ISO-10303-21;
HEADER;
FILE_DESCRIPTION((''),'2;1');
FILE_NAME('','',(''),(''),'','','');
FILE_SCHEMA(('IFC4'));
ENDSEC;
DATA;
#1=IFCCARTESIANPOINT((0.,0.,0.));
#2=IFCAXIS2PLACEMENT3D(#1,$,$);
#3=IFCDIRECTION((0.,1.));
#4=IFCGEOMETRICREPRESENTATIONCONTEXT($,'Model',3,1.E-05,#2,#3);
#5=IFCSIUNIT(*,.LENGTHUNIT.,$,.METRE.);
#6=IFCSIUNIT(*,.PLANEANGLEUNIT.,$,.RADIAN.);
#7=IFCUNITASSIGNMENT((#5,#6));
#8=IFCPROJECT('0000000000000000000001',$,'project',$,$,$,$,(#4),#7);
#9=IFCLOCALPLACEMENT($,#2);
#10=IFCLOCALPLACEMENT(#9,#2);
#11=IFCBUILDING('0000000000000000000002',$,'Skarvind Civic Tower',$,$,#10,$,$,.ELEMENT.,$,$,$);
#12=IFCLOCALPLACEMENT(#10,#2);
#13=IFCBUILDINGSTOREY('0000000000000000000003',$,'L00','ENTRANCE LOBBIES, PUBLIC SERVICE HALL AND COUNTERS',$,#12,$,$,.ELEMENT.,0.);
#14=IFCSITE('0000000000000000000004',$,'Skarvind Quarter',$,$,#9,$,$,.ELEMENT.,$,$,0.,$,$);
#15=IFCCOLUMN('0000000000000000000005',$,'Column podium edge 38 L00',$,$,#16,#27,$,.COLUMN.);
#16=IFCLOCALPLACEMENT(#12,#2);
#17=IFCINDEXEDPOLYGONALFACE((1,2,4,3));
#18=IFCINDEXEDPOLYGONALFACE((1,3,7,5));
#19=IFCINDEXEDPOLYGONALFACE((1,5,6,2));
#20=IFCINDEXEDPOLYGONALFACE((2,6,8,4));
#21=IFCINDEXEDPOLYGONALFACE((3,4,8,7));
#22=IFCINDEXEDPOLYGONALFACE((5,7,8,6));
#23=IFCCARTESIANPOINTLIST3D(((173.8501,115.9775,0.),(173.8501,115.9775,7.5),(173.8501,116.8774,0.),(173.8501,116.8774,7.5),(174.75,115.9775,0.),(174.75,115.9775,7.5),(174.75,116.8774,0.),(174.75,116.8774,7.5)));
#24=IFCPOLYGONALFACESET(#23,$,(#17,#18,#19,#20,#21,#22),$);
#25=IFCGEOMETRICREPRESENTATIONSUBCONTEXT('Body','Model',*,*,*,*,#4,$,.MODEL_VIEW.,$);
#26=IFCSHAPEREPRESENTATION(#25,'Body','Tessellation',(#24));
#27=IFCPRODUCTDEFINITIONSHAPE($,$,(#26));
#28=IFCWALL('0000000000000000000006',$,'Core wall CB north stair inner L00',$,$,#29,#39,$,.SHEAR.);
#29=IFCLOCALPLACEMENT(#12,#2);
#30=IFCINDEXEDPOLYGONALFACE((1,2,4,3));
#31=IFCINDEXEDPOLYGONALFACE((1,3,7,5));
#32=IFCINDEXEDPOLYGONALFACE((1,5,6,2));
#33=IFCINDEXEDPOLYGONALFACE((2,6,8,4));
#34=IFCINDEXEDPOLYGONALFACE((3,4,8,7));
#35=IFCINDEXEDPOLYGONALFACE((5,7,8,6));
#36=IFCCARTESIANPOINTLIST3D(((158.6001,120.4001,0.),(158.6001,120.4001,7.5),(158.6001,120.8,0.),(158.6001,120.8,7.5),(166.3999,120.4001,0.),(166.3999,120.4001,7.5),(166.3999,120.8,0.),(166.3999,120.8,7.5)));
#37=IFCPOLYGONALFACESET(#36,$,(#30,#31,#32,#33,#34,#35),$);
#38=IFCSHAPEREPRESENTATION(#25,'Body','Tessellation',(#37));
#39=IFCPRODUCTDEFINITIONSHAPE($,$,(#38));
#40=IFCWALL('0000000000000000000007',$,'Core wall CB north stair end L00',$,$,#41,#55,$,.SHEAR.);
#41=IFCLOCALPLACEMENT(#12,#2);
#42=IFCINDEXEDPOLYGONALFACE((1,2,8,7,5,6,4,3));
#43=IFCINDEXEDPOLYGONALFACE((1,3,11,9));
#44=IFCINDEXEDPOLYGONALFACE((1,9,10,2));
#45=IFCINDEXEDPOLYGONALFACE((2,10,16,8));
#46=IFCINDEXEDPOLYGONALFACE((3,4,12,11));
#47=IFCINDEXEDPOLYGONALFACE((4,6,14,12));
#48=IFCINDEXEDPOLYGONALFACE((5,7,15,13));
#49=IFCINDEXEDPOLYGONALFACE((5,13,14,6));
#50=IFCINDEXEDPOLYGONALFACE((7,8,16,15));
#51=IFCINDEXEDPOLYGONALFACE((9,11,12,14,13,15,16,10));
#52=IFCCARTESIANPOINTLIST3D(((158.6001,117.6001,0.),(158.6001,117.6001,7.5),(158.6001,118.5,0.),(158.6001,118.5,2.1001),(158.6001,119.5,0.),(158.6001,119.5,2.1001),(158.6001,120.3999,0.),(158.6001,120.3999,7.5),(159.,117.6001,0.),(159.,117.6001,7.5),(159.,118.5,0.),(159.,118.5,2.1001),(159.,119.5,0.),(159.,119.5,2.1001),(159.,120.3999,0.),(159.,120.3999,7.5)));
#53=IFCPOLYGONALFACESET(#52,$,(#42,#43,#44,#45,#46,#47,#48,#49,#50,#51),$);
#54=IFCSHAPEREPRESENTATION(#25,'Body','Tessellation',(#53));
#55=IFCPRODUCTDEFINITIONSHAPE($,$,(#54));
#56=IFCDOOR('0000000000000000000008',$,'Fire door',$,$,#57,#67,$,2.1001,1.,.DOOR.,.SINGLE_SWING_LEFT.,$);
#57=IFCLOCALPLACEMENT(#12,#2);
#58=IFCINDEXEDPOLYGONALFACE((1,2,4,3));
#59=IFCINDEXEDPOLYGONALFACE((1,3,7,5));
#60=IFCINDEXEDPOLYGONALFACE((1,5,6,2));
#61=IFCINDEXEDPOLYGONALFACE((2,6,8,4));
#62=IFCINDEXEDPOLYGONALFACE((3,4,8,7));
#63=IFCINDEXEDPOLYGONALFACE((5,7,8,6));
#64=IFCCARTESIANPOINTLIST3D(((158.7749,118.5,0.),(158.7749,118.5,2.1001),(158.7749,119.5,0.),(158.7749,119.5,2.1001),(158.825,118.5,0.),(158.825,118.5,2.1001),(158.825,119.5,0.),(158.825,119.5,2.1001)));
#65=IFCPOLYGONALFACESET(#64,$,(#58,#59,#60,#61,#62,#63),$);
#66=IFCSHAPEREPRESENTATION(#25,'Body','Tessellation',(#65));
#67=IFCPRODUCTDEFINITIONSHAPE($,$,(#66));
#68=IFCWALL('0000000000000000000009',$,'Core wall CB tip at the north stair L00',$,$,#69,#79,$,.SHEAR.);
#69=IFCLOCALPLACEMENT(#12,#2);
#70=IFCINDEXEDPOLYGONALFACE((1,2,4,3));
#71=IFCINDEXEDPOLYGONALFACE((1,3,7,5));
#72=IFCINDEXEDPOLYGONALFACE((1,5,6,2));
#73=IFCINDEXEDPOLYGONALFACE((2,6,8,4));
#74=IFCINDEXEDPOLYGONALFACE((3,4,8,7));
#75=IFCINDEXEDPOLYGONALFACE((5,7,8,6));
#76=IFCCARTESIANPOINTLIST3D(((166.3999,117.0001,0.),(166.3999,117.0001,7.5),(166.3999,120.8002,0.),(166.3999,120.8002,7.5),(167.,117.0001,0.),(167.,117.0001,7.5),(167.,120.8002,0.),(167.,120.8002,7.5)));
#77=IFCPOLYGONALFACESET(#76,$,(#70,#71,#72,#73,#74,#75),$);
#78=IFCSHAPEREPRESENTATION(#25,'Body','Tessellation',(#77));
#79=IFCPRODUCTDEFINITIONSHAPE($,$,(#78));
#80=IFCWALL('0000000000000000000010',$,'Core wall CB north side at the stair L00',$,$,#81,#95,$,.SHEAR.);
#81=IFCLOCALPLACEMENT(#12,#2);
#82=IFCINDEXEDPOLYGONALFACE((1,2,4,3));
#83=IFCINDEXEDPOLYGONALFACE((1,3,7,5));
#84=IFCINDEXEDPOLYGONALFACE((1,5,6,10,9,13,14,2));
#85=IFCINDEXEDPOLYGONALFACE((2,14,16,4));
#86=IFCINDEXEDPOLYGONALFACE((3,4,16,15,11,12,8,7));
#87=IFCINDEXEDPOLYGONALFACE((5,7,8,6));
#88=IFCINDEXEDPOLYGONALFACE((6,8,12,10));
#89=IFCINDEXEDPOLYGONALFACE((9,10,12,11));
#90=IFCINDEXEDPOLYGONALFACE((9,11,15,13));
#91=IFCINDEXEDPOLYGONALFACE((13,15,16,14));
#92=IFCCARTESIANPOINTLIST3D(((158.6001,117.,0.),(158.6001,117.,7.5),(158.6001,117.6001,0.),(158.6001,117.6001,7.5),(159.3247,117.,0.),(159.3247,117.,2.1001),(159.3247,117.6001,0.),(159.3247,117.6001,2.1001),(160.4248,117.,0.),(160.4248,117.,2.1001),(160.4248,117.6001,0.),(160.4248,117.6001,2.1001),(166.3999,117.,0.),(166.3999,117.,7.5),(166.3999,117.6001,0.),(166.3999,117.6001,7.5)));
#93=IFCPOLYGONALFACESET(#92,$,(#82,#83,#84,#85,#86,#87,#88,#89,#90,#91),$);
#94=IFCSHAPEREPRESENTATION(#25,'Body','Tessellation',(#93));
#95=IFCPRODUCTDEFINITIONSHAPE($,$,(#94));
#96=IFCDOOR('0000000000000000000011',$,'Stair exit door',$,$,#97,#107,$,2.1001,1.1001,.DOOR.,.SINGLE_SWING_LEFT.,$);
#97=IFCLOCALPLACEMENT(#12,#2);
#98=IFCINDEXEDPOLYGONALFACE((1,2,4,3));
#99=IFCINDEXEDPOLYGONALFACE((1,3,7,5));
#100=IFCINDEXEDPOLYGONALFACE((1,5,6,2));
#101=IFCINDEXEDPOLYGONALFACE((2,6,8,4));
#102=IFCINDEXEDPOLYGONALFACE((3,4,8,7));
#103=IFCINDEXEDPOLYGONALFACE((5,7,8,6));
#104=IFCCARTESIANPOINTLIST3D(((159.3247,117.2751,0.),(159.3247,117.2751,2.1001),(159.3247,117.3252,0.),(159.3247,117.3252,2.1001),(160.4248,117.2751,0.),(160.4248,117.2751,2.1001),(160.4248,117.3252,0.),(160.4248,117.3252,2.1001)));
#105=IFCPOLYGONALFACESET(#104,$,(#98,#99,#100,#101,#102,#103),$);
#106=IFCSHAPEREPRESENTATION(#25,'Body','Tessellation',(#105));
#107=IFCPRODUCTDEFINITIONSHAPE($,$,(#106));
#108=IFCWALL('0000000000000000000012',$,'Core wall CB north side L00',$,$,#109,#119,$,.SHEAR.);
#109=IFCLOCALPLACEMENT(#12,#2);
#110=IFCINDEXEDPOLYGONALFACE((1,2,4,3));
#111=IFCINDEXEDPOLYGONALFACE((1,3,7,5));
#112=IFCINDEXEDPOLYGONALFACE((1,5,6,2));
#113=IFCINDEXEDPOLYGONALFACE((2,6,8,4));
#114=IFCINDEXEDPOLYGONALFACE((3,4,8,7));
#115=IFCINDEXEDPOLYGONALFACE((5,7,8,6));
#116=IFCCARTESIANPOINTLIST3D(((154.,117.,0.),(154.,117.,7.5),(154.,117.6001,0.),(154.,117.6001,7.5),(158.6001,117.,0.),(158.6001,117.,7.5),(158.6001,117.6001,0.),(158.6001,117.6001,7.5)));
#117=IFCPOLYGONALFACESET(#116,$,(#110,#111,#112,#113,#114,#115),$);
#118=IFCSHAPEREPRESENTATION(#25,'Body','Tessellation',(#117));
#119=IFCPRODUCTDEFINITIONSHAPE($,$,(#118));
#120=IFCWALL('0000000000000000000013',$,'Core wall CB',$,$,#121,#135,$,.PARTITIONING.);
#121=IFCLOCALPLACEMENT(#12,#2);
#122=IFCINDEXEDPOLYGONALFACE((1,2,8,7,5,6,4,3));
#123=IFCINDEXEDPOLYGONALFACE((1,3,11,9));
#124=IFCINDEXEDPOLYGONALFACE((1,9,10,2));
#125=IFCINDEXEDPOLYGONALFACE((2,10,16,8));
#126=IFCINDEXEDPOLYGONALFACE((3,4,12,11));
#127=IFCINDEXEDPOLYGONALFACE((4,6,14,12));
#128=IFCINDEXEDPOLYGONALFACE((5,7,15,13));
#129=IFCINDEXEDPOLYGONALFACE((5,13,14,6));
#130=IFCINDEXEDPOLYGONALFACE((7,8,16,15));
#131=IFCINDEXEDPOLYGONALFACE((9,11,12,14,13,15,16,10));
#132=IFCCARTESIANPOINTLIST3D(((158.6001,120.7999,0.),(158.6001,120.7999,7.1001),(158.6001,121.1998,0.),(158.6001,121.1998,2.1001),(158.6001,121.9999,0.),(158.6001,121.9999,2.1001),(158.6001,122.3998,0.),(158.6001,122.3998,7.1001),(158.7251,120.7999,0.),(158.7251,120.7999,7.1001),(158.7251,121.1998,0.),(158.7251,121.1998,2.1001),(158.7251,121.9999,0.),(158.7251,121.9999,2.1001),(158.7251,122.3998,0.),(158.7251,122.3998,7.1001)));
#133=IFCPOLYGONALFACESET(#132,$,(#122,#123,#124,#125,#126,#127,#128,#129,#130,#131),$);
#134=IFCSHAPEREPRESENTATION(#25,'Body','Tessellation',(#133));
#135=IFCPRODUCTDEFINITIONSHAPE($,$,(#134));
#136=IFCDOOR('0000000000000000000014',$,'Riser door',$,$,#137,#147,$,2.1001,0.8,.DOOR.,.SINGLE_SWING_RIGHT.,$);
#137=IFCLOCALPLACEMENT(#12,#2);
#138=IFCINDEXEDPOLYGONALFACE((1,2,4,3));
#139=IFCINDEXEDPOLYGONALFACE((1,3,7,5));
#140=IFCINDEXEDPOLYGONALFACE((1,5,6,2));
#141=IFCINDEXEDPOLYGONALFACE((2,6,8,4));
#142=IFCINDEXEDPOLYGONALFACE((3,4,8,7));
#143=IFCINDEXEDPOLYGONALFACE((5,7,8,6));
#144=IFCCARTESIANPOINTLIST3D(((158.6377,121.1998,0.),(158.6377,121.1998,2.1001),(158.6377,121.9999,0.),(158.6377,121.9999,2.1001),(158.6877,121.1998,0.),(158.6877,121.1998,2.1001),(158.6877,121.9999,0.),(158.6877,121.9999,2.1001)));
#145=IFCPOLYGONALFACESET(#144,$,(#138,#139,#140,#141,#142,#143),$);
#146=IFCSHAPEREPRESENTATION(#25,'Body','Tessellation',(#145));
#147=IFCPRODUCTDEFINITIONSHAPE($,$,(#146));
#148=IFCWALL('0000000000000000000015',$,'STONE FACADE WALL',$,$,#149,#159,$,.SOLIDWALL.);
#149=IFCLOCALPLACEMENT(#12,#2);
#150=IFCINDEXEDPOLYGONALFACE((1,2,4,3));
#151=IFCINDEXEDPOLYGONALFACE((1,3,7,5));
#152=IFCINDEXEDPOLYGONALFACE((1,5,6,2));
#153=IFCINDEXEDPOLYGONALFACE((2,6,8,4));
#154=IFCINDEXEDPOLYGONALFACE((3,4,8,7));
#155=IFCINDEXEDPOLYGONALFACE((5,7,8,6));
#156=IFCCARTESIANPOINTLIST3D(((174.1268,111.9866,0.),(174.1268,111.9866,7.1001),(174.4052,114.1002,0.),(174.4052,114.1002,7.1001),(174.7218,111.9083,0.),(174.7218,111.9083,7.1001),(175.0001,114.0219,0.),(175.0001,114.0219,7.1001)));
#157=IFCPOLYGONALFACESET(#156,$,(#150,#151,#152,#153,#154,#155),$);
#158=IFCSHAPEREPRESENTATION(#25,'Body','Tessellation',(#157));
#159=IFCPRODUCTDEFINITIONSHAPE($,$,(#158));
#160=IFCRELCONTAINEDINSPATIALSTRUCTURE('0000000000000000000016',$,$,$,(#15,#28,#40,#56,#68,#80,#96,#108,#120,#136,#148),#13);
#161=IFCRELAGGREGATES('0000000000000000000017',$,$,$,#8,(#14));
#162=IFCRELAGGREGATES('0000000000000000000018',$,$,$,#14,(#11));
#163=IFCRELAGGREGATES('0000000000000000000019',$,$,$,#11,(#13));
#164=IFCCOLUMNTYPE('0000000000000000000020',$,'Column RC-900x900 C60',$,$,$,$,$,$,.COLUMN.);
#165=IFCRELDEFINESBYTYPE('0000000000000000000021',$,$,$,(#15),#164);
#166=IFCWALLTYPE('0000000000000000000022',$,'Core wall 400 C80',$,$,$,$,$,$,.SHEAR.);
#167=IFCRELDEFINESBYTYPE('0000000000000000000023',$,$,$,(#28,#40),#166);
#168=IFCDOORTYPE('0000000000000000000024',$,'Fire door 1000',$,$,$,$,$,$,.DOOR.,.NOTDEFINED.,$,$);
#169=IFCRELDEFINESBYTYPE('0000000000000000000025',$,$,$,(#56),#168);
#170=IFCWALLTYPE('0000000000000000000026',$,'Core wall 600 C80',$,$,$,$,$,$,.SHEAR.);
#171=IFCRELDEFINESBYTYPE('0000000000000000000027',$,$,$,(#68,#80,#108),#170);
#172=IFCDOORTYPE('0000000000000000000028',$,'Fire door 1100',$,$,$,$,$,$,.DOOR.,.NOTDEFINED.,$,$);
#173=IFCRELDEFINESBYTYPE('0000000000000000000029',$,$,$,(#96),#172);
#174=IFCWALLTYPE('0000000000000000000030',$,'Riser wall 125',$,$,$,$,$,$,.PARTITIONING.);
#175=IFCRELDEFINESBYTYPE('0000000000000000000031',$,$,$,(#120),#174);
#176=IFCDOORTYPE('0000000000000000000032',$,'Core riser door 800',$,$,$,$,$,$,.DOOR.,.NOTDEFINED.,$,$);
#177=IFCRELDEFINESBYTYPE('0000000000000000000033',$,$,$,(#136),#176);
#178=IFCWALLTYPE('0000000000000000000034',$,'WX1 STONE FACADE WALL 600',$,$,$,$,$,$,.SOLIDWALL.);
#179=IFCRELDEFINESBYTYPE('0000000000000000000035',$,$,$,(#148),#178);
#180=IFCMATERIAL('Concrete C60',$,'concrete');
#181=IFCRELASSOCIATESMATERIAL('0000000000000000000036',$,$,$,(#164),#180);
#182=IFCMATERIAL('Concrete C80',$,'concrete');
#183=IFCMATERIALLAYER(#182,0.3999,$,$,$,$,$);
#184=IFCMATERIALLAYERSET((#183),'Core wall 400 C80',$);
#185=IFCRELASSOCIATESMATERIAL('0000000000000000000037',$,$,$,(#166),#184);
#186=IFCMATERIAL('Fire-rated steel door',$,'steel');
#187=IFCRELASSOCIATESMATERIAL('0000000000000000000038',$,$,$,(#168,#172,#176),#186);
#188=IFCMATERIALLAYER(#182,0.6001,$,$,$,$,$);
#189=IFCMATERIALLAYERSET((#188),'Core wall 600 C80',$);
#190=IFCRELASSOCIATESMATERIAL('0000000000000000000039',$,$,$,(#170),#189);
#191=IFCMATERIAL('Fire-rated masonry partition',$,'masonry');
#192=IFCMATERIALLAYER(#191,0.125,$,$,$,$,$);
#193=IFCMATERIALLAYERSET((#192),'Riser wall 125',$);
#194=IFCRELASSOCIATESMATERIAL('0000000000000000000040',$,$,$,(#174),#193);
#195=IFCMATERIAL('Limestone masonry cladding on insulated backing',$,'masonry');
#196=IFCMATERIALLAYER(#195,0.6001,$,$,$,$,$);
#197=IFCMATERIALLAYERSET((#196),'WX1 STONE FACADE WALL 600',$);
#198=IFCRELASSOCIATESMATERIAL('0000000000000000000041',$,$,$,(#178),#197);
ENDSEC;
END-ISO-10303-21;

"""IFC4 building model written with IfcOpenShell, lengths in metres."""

from ifc_helpers import new_model, si_unit, direction, frame, frame_2d, origin, origin_2d, place, context, subcontext, project, spatial, rectangle, extrude, material, layer, layer_set, material_profile, profile_set, type_object, element, fill, save


model = new_model("IFC4")

# Units and contexts
model_context = context("Model", 3, precision=1e-05, world=origin(), true_north=direction((0.0, 1.0)))
body_context = subcontext(model_context, "Body", "Model", "MODEL_VIEW")
ifc_project = project(units=[si_unit("LENGTHUNIT", "METRE"), si_unit("PLANEANGLEUNIT", "RADIAN")], contexts=[model_context])

# Site, building, storey
site_placement = place(None, origin())
site = spatial("IfcSite", under=ifc_project, at=site_placement, Name="Skarvind Quarter", CompositionType="ELEMENT", RefElevation=0.0)
building_placement = place(site_placement, origin())
building = spatial("IfcBuilding", under=site, at=building_placement, Name="Skarvind Civic Tower", CompositionType="ELEMENT")
storey_placement = place(building_placement, origin())
storey = spatial("IfcBuildingStorey", under=building, at=storey_placement, Name="L00", Description="ENTRANCE LOBBIES, PUBLIC SERVICE HALL AND COUNTERS", CompositionType="ELEMENT", Elevation=0.0)

# Column
ifc_material_1 = material(Name="Concrete C60", Category="concrete")
ifc_material_profile = material_profile(ifc_material_1, rectangle(XDim=0.8999, YDim=0.8999, at=origin_2d()), Name="RC-900x900")
ifc_profile_set = profile_set([ifc_material_profile], Name="Concrete C60")
column_type = type_object("IfcColumnType", Name="Column RC-900x900 C60", PredefinedType="COLUMN", material=ifc_profile_set)
column_placement = place(storey_placement, frame((174.3, 116.4275, 0.0), z_axis=(0.0, 0.0, 1.0), x_axis=(1.0, 0.0, 0.0)))
element("IfcColumn", 1, at=column_placement, inside=storey, type_object=column_type, Name="Column podium edge 38 L00", PredefinedType="COLUMN", context=body_context, shape_type="SweptSolid", body=[
    extrude(rectangle(XDim=0.8999, YDim=0.8999, at=origin_2d()), origin(), (0.0, 0.0, 1.0), 7.5),
])

# Wall
ifc_material_2 = material(Name="Concrete C80", Category="concrete")
ifc_layer_1 = layer(ifc_material_2, 0.3999)
ifc_layer_set_1 = layer_set([ifc_layer_1], Name="Core wall 400 C80")
wall_type_1 = type_object("IfcWallType", Name="Core wall 400 C80", PredefinedType="SHEAR", material=ifc_layer_set_1)
wall_1_placement = place(storey_placement, frame((166.3999, 120.6001, 0.0), z_axis=(0.0, 0.0, 1.0), x_axis=(-1.0, 0.0, 0.0)))
element("IfcWall", 2, at=wall_1_placement, inside=storey, type_object=wall_type_1, Name="Core wall CB north stair inner L00", PredefinedType="SHEAR", context=body_context, shape_type="SweptSolid", body=[
    extrude(rectangle(XDim=7.7998, YDim=0.3999, at=frame_2d((3.8999, 0.0))), origin(), (0.0, 0.0, 1.0), 7.5),
])

# Wall, opening, door
wall_2_placement = place(storey_placement, frame((158.8, 120.3999, 0.0), z_axis=(0.0, 0.0, 1.0), x_axis=(0.0, -1.0, 0.0)))
wall_2 = element("IfcWall", 3, at=wall_2_placement, inside=storey, type_object=wall_type_1, Name="Core wall CB north stair end L00", PredefinedType="SHEAR", context=body_context, shape_type="SweptSolid", body=[
    extrude(rectangle(XDim=2.7998, YDim=0.3999, at=frame_2d((1.3999, 0.0))), origin(), (0.0, 0.0, 1.0), 7.5),
])
opening_1_placement = place(wall_2_placement, frame((0.8999, 0.0, 0.0)))
opening_1 = element("IfcOpeningElement", 4, at=opening_1_placement, cuts=wall_2, PredefinedType="OPENING", context=body_context, shape_type="SweptSolid", body=[
    extrude(rectangle(XDim=1.0, YDim=2.1001, at=frame_2d((0.5, 1.05))), frame((0.0, 0.21, 0.0), z_axis=(0.0, -1.0, 0.0), x_axis=(1.0, 0.0, 0.0)), (0.0, 0.0, 1.0), 0.4199),
])
ifc_material_3 = material(Name="Fire-rated steel door", Category="steel")
door_type_1 = type_object("IfcDoorType", Name="Fire door 1000", OperationType="NOTDEFINED", PredefinedType="DOOR", material=ifc_material_3)
door_1_placement = place(opening_1_placement, origin())
door_1 = element("IfcDoor", 5, at=door_1_placement, inside=storey, type_object=door_type_1, Name="Fire door", OperationType="SINGLE_SWING_LEFT", OverallHeight=2.1001, OverallWidth=1.0, PredefinedType="DOOR", context=body_context, shape_type="SweptSolid", body=[
    extrude(rectangle(XDim=1.0, YDim=2.1001, at=frame_2d((0.5, 1.05))), frame((0.0, 0.0249, 0.0), z_axis=(0.0, -1.0, 0.0), x_axis=(1.0, 0.0, 0.0)), (0.0, 0.0, 1.0), 0.05),
])
fill(opening_1, door_1)

# Wall
ifc_layer_2 = layer(ifc_material_2, 0.6001)
ifc_layer_set_2 = layer_set([ifc_layer_2], Name="Core wall 600 C80")
wall_type_2 = type_object("IfcWallType", Name="Core wall 600 C80", PredefinedType="SHEAR", material=ifc_layer_set_2)
wall_3_placement = place(storey_placement, frame((166.7, 120.8, 0.0), z_axis=(0.0, 0.0, 1.0), x_axis=(0.0, -1.0, 0.0)))
element("IfcWall", 6, at=wall_3_placement, inside=storey, type_object=wall_type_2, Name="Core wall CB tip at the north stair L00", PredefinedType="SHEAR", context=body_context, shape_type="SweptSolid", body=[
    extrude(rectangle(XDim=3.8, YDim=0.6001, at=frame_2d((1.8999, 0.0))), origin(), (0.0, 0.0, 1.0), 7.5),
])

# Wall, opening, door
wall_4_placement = place(storey_placement, frame((166.3999, 117.3, 0.0), z_axis=(0.0, 0.0, 1.0), x_axis=(-1.0, 0.0, 0.0)))
wall_4 = element("IfcWall", 7, at=wall_4_placement, inside=storey, type_object=wall_type_2, Name="Core wall CB north side at the stair L00", PredefinedType="SHEAR", context=body_context, shape_type="SweptSolid", body=[
    extrude(rectangle(XDim=7.7998, YDim=0.6001, at=frame_2d((3.8999, 0.0))), origin(), (0.0, 0.0, 1.0), 7.5),
])
opening_2_placement = place(wall_4_placement, frame((5.9751, 0.0, 0.0)))
opening_2 = element("IfcOpeningElement", 8, at=opening_2_placement, cuts=wall_4, PredefinedType="OPENING", context=body_context, shape_type="SweptSolid", body=[
    extrude(rectangle(XDim=1.1001, YDim=2.1001, at=frame_2d((0.55, 1.05))), frame((0.0, 0.3101, 0.0), z_axis=(0.0, -1.0, 0.0), x_axis=(1.0, 0.0, 0.0)), (0.0, 0.0, 1.0), 0.6201),
])
door_type_2 = type_object("IfcDoorType", Name="Fire door 1100", OperationType="NOTDEFINED", PredefinedType="DOOR", material=ifc_material_3)
door_2_placement = place(opening_2_placement, origin())
door_2 = element("IfcDoor", 9, at=door_2_placement, inside=storey, type_object=door_type_2, Name="Stair exit door", OperationType="SINGLE_SWING_LEFT", OverallHeight=2.1001, OverallWidth=1.1001, PredefinedType="DOOR", context=body_context, shape_type="SweptSolid", body=[
    extrude(rectangle(XDim=1.1001, YDim=2.1001, at=frame_2d((0.55, 1.05))), frame((0.0, 0.0249, 0.0), z_axis=(0.0, -1.0, 0.0), x_axis=(1.0, 0.0, 0.0)), (0.0, 0.0, 1.0), 0.05),
])
fill(opening_2, door_2)

# Wall
wall_5_placement = place(storey_placement, frame((158.6001, 117.3, 0.0), z_axis=(0.0, 0.0, 1.0), x_axis=(-1.0, 0.0, 0.0)))
element("IfcWall", 10, at=wall_5_placement, inside=storey, type_object=wall_type_2, Name="Core wall CB north side L00", PredefinedType="SHEAR", context=body_context, shape_type="SweptSolid", body=[
    extrude(rectangle(XDim=4.6001, YDim=0.6001, at=frame_2d((2.3, 0.0))), origin(), (0.0, 0.0, 1.0), 7.5),
])

# Wall, opening, door
ifc_material_4 = material(Name="Fire-rated masonry partition", Category="masonry")
ifc_layer_3 = layer(ifc_material_4, 0.125)
ifc_layer_set_3 = layer_set([ifc_layer_3], Name="Riser wall 125")
wall_type_3 = type_object("IfcWallType", Name="Riser wall 125", PredefinedType="PARTITIONING", material=ifc_layer_set_3)
wall_6_placement = place(storey_placement, frame((158.6626, 120.8, 0.0), z_axis=(0.0, 0.0, 1.0), x_axis=(0.0, 1.0, 0.0)))
wall_6 = element("IfcWall", 11, at=wall_6_placement, inside=storey, type_object=wall_type_3, Name="Core wall CB", PredefinedType="PARTITIONING", context=body_context, shape_type="SweptSolid", body=[
    extrude(rectangle(XDim=1.5999, YDim=0.125, at=frame_2d((0.7998, 0.0))), origin(), (0.0, 0.0, 1.0), 7.1001),
])
opening_3_placement = place(wall_6_placement, frame((0.3999, 0.0, 0.0)))
opening_3 = element("IfcOpeningElement", 12, at=opening_3_placement, cuts=wall_6, PredefinedType="OPENING", context=body_context, shape_type="SweptSolid", body=[
    extrude(rectangle(XDim=0.8, YDim=2.1001, at=frame_2d((0.3999, 1.05))), frame((0.0, 0.0725, 0.0), z_axis=(0.0, -1.0, 0.0), x_axis=(1.0, 0.0, 0.0)), (0.0, 0.0, 1.0), 0.145),
])
door_type_3 = type_object("IfcDoorType", Name="Core riser door 800", OperationType="NOTDEFINED", PredefinedType="DOOR", material=ifc_material_3)
door_3_placement = place(opening_3_placement, origin())
door_3 = element("IfcDoor", 13, at=door_3_placement, inside=storey, type_object=door_type_3, Name="Riser door", OperationType="SINGLE_SWING_RIGHT", OverallHeight=2.1001, OverallWidth=0.8, PredefinedType="DOOR", context=body_context, shape_type="SweptSolid", body=[
    extrude(rectangle(XDim=0.8, YDim=2.1001, at=frame_2d((0.3999, 1.05))), frame((0.0, 0.0249, 0.0), z_axis=(0.0, -1.0, 0.0), x_axis=(1.0, 0.0, 0.0)), (0.0, 0.0, 1.0), 0.05),
])
fill(opening_3, door_3)

# Wall
ifc_material_5 = material(Name="Limestone masonry cladding on insulated backing", Category="masonry")
ifc_layer_4 = layer(ifc_material_5, 0.6001)
ifc_layer_set_4 = layer_set([ifc_layer_4], Name="WX1 STONE FACADE WALL 600")
wall_type_4 = type_object("IfcWallType", Name="WX1 STONE FACADE WALL 600", PredefinedType="SOLIDWALL", material=ifc_layer_set_4)
wall_7_placement = place(storey_placement, frame((174.7026, 114.061, 0.0), z_axis=(0.0, 0.0, 1.0), x_axis=(-0.130558, -0.991441, 0.0)))
element("IfcWall", 14, at=wall_7_placement, inside=storey, type_object=wall_type_4, Name="STONE FACADE WALL", PredefinedType="SOLIDWALL", context=body_context, shape_type="SweptSolid", body=[
    extrude(rectangle(XDim=2.1318, YDim=0.6001, at=frame_2d((1.0659, 0.0))), origin(), (0.0, 0.0, 1.0), 7.1001),
])

save(model, "model.ifc")
